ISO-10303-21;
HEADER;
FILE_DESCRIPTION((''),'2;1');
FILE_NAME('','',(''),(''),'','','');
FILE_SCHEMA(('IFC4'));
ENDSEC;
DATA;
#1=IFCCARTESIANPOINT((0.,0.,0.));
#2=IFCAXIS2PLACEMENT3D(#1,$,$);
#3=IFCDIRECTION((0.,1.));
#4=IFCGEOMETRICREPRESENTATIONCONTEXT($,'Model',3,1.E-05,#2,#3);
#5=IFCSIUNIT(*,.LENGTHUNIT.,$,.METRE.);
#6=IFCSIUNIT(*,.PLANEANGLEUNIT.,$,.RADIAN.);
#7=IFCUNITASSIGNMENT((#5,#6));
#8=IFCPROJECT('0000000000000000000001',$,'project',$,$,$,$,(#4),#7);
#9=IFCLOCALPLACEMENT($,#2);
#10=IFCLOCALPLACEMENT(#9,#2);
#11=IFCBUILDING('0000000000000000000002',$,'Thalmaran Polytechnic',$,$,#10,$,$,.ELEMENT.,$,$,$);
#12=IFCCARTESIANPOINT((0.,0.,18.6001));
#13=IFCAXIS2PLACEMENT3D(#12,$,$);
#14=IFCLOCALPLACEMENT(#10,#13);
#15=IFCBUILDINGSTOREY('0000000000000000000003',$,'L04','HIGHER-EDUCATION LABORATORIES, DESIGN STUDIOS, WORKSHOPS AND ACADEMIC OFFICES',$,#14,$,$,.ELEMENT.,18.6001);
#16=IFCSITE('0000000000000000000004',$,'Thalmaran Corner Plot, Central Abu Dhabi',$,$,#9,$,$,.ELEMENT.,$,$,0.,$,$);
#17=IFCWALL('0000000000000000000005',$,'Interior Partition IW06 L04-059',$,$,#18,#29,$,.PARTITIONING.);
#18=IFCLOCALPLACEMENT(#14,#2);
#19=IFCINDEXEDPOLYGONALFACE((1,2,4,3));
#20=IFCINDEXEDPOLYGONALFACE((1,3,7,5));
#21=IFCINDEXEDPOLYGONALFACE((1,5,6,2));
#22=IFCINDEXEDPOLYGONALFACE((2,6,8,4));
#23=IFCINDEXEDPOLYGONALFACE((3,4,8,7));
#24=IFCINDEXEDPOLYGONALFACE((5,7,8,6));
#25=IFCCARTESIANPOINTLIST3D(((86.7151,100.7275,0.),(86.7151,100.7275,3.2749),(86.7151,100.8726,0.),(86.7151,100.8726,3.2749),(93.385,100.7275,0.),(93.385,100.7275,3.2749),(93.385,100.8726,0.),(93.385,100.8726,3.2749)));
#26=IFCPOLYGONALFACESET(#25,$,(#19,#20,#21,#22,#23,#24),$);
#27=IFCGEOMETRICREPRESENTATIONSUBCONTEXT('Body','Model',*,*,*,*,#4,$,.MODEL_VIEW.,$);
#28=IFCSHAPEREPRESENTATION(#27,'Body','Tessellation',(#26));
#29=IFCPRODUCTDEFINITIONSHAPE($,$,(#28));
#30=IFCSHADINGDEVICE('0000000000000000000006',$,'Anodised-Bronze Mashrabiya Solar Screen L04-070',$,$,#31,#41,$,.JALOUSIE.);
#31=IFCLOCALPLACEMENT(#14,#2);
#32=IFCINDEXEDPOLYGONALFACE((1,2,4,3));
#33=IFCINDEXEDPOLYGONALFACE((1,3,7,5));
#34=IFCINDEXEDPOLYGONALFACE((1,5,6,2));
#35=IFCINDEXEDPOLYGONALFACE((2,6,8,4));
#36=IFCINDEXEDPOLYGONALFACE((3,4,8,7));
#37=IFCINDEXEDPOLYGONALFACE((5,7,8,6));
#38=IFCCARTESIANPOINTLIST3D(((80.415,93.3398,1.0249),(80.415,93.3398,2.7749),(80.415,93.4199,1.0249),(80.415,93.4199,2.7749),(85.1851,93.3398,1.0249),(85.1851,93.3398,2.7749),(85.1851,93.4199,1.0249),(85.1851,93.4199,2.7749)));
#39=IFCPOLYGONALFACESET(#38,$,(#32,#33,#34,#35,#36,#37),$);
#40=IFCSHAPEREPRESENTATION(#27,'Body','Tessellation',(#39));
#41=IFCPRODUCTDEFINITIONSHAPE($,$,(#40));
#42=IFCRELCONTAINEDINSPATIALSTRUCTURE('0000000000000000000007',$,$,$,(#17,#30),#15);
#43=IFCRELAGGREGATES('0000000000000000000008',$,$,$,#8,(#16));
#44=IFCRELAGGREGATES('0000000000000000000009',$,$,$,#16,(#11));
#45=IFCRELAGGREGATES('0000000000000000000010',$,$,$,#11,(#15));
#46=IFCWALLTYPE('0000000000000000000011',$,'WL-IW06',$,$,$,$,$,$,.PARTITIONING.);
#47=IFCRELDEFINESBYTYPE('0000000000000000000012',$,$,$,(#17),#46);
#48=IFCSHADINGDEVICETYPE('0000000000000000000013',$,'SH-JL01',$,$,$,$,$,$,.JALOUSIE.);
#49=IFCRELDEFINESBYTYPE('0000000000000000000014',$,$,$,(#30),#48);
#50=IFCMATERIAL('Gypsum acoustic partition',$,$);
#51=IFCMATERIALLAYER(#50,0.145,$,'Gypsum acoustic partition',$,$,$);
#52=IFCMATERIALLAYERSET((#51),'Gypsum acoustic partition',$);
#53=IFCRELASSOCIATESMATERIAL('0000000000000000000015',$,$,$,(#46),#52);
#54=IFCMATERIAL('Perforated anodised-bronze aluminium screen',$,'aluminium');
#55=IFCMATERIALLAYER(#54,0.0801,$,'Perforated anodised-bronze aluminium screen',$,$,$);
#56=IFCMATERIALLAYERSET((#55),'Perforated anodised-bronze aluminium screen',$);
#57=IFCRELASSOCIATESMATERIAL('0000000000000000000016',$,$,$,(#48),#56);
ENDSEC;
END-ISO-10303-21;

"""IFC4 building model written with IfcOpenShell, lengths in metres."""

from ifc_helpers import new_model, si_unit, direction, frame, frame_2d, origin, origin_2d, place, context, subcontext, project, spatial, rectangle, extrude, material, layer, layer_set, type_object, element, save


model = new_model("IFC4")

# Units and contexts
model_context = context("Model", 3, precision=1e-05, world=origin(), true_north=direction((0.0, 1.0)))
body_context = subcontext(model_context, "Body", "Model", "MODEL_VIEW")
ifc_project = project(units=[si_unit("LENGTHUNIT", "METRE"), si_unit("PLANEANGLEUNIT", "RADIAN")], contexts=[model_context])

# Site, building, storey
site_placement = place(None, origin())
site = spatial("IfcSite", under=ifc_project, at=site_placement, Name="Thalmaran Corner Plot, Central Abu Dhabi", CompositionType="ELEMENT", RefElevation=0.0)
building_placement = place(site_placement, origin())
building = spatial("IfcBuilding", under=site, at=building_placement, Name="Thalmaran Polytechnic", CompositionType="ELEMENT")
storey_placement = place(building_placement, frame((0.0, 0.0, 18.6001)))
storey = spatial("IfcBuildingStorey", under=building, at=storey_placement, Name="L04", Description="HIGHER-EDUCATION LABORATORIES, DESIGN STUDIOS, WORKSHOPS AND ACADEMIC OFFICES", CompositionType="ELEMENT", Elevation=18.6001)

# Wall
ifc_material_1 = material(Name="Gypsum acoustic partition")
ifc_layer_1 = layer(ifc_material_1, 0.145, Name="Gypsum acoustic partition")
ifc_layer_set_1 = layer_set([ifc_layer_1], Name="Gypsum acoustic partition")
wall_type_1 = type_object("IfcWallType", Name="WL-IW06", PredefinedType="PARTITIONING", material=ifc_layer_set_1)
wall_1_placement = place(storey_placement, frame((86.7151, 100.8, 0.0), z_axis=(0.0, 0.0, 1.0), x_axis=(1.0, 0.0, 0.0)))
element("IfcWall", 1, at=wall_1_placement, inside=storey, type_object=wall_type_1, Name="Interior Partition IW06 L04-059", PredefinedType="PARTITIONING", context=body_context, shape_type="SweptSolid", body=[
    extrude(rectangle(XDim=6.6699, YDim=0.145, at=frame_2d((3.335, 0.0))), origin(), (0.0, 0.0, 1.0), 3.2749),
])

# Shading device
ifc_material_2 = material(Name="Perforated anodised-bronze aluminium screen", Category="aluminium")
ifc_layer_2 = layer(ifc_material_2, 0.0801, Name="Perforated anodised-bronze aluminium screen")
ifc_layer_set_2 = layer_set([ifc_layer_2], Name="Perforated anodised-bronze aluminium screen")
shading_device_type = type_object("IfcShadingDeviceType", Name="SH-JL01", PredefinedType="JALOUSIE", material=ifc_layer_set_2)
shading_device_placement = place(storey_placement, frame((82.8, 93.3799, 1.0249), z_axis=(0.0, 0.0, 1.0), x_axis=(-1.0, 0.0, 0.0)))
element("IfcShadingDevice", 2, at=shading_device_placement, inside=storey, type_object=shading_device_type, Name="Anodised-Bronze Mashrabiya Solar Screen L04-070", PredefinedType="JALOUSIE", context=body_context, shape_type="SweptSolid", body=[
    extrude(rectangle(XDim=4.77, YDim=0.0801, at=origin_2d()), origin(), (0.0, 0.0, 1.0), 1.75),
])

save(model, "model.ifc")
